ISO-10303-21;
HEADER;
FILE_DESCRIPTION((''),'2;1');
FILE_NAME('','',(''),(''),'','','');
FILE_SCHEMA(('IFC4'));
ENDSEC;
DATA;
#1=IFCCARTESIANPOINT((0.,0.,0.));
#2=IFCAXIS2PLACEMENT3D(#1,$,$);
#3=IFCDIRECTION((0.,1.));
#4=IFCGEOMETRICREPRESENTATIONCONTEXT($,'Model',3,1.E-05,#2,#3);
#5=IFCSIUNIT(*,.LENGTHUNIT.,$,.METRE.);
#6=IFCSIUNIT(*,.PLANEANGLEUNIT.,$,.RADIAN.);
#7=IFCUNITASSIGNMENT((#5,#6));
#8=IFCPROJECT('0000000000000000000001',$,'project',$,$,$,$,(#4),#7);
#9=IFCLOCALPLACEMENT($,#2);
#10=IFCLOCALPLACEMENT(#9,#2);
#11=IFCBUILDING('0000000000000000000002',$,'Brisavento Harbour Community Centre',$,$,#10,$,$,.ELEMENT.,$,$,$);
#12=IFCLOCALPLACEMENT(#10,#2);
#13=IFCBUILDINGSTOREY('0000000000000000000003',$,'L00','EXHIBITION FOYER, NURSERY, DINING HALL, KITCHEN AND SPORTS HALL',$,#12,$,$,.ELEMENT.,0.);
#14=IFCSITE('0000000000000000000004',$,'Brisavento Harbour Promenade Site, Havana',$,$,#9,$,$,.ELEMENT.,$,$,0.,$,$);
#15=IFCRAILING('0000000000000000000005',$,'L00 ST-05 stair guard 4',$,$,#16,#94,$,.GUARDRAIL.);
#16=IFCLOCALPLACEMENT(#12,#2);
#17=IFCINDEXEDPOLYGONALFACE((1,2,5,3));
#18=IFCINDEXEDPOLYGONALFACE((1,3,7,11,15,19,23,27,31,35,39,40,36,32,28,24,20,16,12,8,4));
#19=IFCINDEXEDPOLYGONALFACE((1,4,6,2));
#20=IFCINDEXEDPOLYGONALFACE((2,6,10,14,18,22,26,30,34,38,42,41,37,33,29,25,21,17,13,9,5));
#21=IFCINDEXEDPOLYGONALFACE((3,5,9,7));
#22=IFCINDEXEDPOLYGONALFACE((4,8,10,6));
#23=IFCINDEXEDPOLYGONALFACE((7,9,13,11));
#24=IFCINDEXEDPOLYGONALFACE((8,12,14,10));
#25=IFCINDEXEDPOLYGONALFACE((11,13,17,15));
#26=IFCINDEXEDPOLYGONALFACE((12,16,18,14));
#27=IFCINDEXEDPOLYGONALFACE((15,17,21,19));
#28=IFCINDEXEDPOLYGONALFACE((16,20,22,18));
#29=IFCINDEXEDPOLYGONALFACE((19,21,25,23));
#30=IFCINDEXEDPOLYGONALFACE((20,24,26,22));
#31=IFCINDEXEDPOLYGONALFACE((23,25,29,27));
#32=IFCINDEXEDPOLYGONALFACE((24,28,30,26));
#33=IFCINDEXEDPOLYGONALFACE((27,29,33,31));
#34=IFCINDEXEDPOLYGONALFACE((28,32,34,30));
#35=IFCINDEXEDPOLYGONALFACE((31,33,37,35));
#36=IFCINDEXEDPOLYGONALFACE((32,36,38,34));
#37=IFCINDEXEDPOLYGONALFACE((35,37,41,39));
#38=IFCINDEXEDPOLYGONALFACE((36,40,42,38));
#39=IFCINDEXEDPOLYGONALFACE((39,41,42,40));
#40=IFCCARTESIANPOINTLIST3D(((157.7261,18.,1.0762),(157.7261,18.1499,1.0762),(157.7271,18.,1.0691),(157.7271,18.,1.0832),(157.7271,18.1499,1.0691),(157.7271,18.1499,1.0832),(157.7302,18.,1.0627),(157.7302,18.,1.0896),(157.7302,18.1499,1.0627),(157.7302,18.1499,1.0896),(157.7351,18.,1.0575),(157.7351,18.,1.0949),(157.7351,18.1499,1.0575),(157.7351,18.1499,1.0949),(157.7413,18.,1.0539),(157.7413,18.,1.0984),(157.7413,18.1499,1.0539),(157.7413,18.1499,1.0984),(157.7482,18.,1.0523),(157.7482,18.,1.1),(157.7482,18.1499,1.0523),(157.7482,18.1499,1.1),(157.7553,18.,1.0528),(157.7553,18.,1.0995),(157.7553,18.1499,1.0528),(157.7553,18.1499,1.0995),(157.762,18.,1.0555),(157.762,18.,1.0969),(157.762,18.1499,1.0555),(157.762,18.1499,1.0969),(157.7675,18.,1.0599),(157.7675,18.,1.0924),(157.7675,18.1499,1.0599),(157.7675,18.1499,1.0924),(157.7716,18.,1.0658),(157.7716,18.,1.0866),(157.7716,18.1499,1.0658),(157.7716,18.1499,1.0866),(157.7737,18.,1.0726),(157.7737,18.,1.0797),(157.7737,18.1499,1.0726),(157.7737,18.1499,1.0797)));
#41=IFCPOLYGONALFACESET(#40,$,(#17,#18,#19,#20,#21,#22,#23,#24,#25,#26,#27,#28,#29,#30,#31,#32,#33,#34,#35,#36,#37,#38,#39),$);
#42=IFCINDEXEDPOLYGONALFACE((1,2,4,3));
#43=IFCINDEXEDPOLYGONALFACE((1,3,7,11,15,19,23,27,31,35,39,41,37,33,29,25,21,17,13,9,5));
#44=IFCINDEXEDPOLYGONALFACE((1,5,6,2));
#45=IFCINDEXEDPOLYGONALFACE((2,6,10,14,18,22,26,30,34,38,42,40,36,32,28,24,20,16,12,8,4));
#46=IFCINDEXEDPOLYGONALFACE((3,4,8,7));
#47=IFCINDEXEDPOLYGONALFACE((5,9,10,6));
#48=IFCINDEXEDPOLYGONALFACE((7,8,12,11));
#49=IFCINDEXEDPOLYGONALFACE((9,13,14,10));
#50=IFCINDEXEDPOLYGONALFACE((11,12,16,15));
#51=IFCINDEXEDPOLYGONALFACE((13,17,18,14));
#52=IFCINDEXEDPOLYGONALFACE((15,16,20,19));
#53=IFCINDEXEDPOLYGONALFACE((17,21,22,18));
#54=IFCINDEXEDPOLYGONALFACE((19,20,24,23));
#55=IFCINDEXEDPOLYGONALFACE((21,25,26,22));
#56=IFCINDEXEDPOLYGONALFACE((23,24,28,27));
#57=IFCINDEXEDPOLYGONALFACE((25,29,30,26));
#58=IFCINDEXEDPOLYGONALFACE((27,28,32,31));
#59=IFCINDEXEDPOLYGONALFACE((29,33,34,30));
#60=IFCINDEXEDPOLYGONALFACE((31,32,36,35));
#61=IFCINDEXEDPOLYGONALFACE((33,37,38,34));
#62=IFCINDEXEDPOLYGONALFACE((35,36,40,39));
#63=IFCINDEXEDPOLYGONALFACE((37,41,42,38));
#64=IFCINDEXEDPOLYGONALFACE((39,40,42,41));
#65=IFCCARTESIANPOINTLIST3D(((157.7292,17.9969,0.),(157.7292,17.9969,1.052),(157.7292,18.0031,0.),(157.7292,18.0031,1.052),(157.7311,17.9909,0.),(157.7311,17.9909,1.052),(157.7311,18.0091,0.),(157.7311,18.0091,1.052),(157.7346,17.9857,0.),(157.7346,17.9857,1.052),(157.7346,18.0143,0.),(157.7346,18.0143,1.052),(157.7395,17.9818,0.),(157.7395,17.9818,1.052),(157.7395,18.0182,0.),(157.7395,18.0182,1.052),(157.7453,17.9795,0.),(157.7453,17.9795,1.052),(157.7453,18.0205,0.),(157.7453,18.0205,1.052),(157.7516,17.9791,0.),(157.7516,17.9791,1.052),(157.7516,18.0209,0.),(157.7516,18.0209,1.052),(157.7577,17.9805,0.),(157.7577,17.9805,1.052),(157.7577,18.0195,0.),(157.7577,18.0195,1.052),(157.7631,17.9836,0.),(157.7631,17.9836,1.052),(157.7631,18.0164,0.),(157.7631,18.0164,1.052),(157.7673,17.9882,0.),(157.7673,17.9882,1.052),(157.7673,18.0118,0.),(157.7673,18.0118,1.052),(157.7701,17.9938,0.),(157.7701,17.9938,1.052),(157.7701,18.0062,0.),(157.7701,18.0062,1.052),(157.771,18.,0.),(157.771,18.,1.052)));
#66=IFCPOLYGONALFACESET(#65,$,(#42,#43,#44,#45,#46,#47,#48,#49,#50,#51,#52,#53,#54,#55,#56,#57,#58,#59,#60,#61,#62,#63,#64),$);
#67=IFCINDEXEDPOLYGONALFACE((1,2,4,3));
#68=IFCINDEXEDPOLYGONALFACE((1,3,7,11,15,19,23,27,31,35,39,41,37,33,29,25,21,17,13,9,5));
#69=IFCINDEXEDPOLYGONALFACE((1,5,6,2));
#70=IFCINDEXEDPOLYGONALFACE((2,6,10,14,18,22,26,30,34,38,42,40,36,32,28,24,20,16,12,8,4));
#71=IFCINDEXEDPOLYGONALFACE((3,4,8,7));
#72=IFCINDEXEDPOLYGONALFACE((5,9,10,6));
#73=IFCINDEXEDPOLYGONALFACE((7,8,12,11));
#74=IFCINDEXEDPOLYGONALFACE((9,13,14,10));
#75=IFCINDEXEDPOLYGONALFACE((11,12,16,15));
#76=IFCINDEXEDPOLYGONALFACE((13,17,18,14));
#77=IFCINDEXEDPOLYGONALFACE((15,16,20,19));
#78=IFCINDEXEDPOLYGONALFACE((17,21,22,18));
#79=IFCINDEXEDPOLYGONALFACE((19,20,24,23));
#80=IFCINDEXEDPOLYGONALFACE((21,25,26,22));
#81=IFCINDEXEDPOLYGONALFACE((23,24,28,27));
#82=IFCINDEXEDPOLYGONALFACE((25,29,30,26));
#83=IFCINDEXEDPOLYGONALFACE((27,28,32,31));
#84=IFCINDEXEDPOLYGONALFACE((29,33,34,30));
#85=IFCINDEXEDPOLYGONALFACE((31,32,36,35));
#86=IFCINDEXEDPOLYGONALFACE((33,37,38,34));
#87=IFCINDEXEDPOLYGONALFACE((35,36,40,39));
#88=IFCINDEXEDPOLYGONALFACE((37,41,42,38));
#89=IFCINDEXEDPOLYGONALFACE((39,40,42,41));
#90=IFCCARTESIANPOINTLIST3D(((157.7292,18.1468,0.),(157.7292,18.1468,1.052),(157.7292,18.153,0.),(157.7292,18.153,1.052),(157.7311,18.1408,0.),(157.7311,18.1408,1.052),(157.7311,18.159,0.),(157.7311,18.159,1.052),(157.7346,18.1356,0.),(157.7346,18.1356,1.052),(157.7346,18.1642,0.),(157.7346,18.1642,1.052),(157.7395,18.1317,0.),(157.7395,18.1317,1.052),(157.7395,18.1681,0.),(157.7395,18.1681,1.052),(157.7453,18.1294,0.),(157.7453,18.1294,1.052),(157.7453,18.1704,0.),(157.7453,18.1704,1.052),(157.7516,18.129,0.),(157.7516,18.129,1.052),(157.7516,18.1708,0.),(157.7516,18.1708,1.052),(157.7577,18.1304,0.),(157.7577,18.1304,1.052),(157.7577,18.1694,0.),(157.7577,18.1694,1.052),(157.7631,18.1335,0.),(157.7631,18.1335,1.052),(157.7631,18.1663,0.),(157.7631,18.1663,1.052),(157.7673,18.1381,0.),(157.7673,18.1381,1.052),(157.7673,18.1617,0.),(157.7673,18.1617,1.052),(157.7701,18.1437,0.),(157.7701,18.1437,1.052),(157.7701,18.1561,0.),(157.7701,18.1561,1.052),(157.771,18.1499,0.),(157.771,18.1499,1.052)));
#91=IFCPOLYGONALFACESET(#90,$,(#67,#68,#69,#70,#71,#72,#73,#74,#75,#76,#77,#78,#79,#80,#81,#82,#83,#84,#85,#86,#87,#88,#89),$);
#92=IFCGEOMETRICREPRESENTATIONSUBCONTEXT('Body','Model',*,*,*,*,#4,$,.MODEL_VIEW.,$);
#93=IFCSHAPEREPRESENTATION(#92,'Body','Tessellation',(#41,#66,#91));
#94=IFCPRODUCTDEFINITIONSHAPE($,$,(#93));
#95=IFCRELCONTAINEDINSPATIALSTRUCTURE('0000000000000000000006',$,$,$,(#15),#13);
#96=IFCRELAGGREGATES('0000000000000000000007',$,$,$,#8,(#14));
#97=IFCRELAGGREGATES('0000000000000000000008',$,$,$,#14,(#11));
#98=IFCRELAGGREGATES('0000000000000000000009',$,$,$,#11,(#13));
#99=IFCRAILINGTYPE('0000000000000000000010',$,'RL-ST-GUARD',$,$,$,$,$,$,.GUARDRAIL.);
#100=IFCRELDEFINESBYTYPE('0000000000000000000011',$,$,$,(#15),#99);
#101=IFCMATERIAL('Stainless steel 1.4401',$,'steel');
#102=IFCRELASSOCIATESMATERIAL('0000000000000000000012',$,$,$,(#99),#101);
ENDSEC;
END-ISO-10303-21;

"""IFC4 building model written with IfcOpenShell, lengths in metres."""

from ifc_helpers import new_model, si_unit, direction, frame, origin, origin_2d, place, context, subcontext, project, spatial, circle, extrude, material, type_object, element, save


model = new_model("IFC4")

# Units and contexts
model_context = context("Model", 3, precision=1e-05, world=origin(), true_north=direction((0.0, 1.0)))
body_context = subcontext(model_context, "Body", "Model", "MODEL_VIEW")
ifc_project = project(units=[si_unit("LENGTHUNIT", "METRE"), si_unit("PLANEANGLEUNIT", "RADIAN")], contexts=[model_context])

# Site, building, storey
site_placement = place(None, origin())
site = spatial("IfcSite", under=ifc_project, at=site_placement, Name="Brisavento Harbour Promenade Site, Havana", CompositionType="ELEMENT", RefElevation=0.0)
building_placement = place(site_placement, origin())
building = spatial("IfcBuilding", under=site, at=building_placement, Name="Brisavento Harbour Community Centre", CompositionType="ELEMENT")
storey_placement = place(building_placement, origin())
storey = spatial("IfcBuildingStorey", under=building, at=storey_placement, Name="L00", Description="EXHIBITION FOYER, NURSERY, DINING HALL, KITCHEN AND SPORTS HALL", CompositionType="ELEMENT", Elevation=0.0)

# Railing
ifc_material_1 = material(Name="Stainless steel 1.4401", Category="steel")
railing_type_1 = type_object("IfcRailingType", Name="RL-ST-GUARD", PredefinedType="GUARDRAIL", material=ifc_material_1)
railing_1_placement = place(storey_placement, frame((157.75, 18.0, 0.0)))
element("IfcRailing", 1, at=railing_1_placement, inside=storey, type_object=railing_type_1, Name="L00 ST-05 stair guard 4", PredefinedType="GUARDRAIL", context=body_context, shape_type="SweptSolid", body=[
    extrude(circle(Radius=0.0239, at=origin_2d()), frame((0.0, 0.0, 1.0762), z_axis=(0.0, 1.0, 0.0), x_axis=(-1.0, 0.0, 0.0)), (0.0, 0.0, 1.0), 0.1499),
    extrude(circle(Radius=0.021, at=origin_2d()), origin(), (0.0, 0.0, 1.0), 1.052),
    extrude(circle(Radius=0.021, at=origin_2d()), frame((0.0, 0.1499, 0.0)), (0.0, 0.0, 1.0), 1.052),
])

save(model, "model.ifc")
